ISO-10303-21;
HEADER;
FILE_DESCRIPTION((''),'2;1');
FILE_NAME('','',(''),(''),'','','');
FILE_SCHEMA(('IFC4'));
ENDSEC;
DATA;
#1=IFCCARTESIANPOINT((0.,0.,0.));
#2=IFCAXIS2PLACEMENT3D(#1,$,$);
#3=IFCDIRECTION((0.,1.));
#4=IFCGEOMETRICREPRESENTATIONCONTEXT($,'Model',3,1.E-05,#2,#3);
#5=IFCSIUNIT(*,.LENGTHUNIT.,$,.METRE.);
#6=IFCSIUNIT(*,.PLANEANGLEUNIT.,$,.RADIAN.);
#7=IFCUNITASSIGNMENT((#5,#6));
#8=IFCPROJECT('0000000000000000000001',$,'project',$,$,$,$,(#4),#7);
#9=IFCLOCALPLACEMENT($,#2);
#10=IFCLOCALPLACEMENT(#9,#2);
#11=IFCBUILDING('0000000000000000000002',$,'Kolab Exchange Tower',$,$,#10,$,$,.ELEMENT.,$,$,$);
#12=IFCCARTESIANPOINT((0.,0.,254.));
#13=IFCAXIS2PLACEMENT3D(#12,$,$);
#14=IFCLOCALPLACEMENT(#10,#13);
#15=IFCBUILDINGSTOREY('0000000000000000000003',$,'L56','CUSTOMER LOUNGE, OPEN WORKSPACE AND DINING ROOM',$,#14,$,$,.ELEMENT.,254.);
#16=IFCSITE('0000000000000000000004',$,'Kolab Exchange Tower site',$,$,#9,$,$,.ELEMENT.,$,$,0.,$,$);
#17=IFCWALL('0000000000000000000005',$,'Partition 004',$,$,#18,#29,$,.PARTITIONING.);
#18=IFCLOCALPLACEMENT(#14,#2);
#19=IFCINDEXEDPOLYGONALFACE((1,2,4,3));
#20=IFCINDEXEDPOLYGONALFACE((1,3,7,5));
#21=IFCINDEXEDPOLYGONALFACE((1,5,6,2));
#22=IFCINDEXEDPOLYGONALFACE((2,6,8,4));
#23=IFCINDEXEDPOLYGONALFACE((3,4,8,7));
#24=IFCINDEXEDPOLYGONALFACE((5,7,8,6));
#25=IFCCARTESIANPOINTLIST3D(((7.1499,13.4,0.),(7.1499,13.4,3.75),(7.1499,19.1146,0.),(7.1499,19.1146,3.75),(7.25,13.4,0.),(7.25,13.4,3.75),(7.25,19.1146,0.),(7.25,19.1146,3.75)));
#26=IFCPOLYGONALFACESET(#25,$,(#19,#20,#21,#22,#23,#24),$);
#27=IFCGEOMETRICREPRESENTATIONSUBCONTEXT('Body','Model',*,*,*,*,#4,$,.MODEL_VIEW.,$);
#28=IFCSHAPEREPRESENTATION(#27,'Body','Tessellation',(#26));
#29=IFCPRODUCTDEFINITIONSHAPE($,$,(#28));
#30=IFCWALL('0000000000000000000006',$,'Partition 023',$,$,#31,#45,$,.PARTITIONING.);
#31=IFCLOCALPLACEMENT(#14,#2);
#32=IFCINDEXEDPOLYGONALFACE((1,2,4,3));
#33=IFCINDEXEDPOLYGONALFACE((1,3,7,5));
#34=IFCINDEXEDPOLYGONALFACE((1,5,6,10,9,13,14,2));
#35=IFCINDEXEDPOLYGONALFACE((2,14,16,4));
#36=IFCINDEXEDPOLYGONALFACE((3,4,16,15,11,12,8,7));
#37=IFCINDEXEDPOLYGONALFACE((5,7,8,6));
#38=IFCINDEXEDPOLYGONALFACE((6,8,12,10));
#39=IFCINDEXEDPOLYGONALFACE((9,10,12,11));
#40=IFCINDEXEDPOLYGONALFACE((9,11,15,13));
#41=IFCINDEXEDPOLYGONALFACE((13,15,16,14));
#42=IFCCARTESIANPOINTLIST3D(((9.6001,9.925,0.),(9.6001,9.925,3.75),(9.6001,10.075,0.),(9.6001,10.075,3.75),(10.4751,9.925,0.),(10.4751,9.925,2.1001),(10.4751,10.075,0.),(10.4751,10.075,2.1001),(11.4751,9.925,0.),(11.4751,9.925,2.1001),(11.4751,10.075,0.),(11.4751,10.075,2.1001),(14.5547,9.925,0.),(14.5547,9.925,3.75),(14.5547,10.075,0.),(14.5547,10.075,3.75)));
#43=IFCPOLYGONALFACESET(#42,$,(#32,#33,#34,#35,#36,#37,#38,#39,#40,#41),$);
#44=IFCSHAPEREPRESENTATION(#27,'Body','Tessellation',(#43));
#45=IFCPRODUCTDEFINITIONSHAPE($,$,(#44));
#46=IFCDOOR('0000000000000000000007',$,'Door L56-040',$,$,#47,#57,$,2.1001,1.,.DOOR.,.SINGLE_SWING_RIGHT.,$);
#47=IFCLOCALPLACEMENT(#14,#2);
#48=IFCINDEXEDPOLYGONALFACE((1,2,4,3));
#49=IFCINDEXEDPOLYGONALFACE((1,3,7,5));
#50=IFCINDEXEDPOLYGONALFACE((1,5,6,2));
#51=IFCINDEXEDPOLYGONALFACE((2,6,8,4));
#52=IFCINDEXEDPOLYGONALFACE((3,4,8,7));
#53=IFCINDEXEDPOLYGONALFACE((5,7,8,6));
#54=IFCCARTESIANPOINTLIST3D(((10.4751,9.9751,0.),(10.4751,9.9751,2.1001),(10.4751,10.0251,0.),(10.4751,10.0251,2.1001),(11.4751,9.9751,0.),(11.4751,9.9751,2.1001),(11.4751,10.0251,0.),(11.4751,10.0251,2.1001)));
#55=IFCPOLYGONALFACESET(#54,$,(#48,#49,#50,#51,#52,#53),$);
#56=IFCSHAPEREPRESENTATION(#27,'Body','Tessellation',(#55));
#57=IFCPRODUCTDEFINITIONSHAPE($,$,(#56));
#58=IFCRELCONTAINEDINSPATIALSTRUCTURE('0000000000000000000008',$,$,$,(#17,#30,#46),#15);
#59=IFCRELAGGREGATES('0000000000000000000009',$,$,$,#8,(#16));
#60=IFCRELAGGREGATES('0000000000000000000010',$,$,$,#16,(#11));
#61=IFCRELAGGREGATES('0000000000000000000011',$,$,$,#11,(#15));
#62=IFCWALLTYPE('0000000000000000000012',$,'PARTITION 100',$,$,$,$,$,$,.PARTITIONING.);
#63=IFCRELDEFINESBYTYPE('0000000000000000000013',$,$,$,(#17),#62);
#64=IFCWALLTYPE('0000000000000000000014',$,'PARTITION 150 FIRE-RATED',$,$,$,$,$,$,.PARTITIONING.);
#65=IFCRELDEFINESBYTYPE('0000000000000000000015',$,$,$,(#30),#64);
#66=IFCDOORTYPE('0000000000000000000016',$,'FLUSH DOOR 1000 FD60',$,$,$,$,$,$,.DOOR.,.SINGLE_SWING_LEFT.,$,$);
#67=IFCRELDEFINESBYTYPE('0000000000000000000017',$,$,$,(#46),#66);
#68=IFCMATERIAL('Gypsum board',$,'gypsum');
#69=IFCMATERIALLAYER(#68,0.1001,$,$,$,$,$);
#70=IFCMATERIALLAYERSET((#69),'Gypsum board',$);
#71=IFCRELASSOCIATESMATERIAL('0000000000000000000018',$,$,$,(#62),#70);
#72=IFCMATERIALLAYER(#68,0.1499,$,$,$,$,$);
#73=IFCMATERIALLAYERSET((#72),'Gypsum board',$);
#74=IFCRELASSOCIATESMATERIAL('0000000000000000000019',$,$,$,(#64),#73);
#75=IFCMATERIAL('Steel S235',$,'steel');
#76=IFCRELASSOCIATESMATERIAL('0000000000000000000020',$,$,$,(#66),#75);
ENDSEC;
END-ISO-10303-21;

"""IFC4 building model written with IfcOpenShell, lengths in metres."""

from ifc_helpers import new_model, si_unit, direction, frame, frame_2d, origin, place, context, subcontext, project, spatial, rectangle, extrude, material, layer, layer_set, type_object, element, fill, save


model = new_model("IFC4")

# Units and contexts
model_context = context("Model", 3, precision=1e-05, world=origin(), true_north=direction((0.0, 1.0)))
body_context = subcontext(model_context, "Body", "Model", "MODEL_VIEW")
ifc_project = project(units=[si_unit("LENGTHUNIT", "METRE"), si_unit("PLANEANGLEUNIT", "RADIAN")], contexts=[model_context])

# Site, building, storey
site_placement = place(None, origin())
site = spatial("IfcSite", under=ifc_project, at=site_placement, Name="Kolab Exchange Tower site", CompositionType="ELEMENT", RefElevation=0.0)
building_placement = place(site_placement, origin())
building = spatial("IfcBuilding", under=site, at=building_placement, Name="Kolab Exchange Tower", CompositionType="ELEMENT")
storey_placement = place(building_placement, frame((0.0, 0.0, 254.0)))
storey = spatial("IfcBuildingStorey", under=building, at=storey_placement, Name="L56", Description="CUSTOMER LOUNGE, OPEN WORKSPACE AND DINING ROOM", CompositionType="ELEMENT", Elevation=254.0)

# Wall
ifc_material_1 = material(Name="Gypsum board", Category="gypsum")
ifc_layer_1 = layer(ifc_material_1, 0.1001)
ifc_layer_set_1 = layer_set([ifc_layer_1], Name="Gypsum board")
wall_type_1 = type_object("IfcWallType", Name="PARTITION 100", PredefinedType="PARTITIONING", material=ifc_layer_set_1)
wall_1_placement = place(storey_placement, frame((7.2, 13.3999, 0.0), z_axis=(0.0, 0.0, 1.0), x_axis=(0.0, 1.0, 0.0)))
element("IfcWall", 1, at=wall_1_placement, inside=storey, type_object=wall_type_1, Name="Partition 004", PredefinedType="PARTITIONING", context=body_context, shape_type="SweptSolid", body=[
    extrude(rectangle(XDim=5.7146, YDim=0.1001, at=frame_2d((2.8574, 0.0))), origin(), (0.0, 0.0, 1.0), 3.75),
])

# Wall, opening, door
ifc_layer_2 = layer(ifc_material_1, 0.1499)
ifc_layer_set_2 = layer_set([ifc_layer_2], Name="Gypsum board")
wall_type_2 = type_object("IfcWallType", Name="PARTITION 150 FIRE-RATED", PredefinedType="PARTITIONING", material=ifc_layer_set_2)
wall_2_placement = place(storey_placement, frame((9.6001, 10.0, 0.0), z_axis=(0.0, 0.0, 1.0), x_axis=(1.0, 0.0, 0.0)))
wall_2 = element("IfcWall", 2, at=wall_2_placement, inside=storey, type_object=wall_type_2, Name="Partition 023", PredefinedType="PARTITIONING", context=body_context, shape_type="SweptSolid", body=[
    extrude(rectangle(XDim=4.9546, YDim=0.1499, at=frame_2d((2.4773, 0.0))), origin(), (0.0, 0.0, 1.0), 3.75),
])
opening_placement = place(wall_2_placement, frame((0.875, 0.0, 0.0)))
opening = element("IfcOpeningElement", 3, at=opening_placement, cuts=wall_2, PredefinedType="OPENING", context=body_context, shape_type="SweptSolid", body=[
    extrude(rectangle(XDim=1.0, YDim=2.1001, at=frame_2d((0.5, 1.05))), frame((0.0, 0.085, 0.0), z_axis=(0.0, -1.0, 0.0), x_axis=(1.0, 0.0, 0.0)), (0.0, 0.0, 1.0), 0.1699),
])
ifc_material_2 = material(Name="Steel S235", Category="steel")
door_type = type_object("IfcDoorType", Name="FLUSH DOOR 1000 FD60", OperationType="SINGLE_SWING_LEFT", PredefinedType="DOOR", material=ifc_material_2)
door_placement = place(opening_placement, frame((1.0, 0.0, 0.0), z_axis=(0.0, 0.0, 1.0), x_axis=(-1.0, 0.0, 0.0)))
door = element("IfcDoor", 4, at=door_placement, inside=storey, type_object=door_type, Name="Door L56-040", OperationType="SINGLE_SWING_RIGHT", OverallHeight=2.1001, OverallWidth=1.0, PredefinedType="DOOR", context=body_context, shape_type="SweptSolid", body=[
    extrude(rectangle(XDim=1.0, YDim=2.1001, at=frame_2d((0.5, 1.05))), frame((0.0, 0.0249, 0.0), z_axis=(0.0, -1.0, 0.0), x_axis=(1.0, 0.0, 0.0)), (0.0, 0.0, 1.0), 0.05),
])
fill(opening, door)

save(model, "model.ifc")
